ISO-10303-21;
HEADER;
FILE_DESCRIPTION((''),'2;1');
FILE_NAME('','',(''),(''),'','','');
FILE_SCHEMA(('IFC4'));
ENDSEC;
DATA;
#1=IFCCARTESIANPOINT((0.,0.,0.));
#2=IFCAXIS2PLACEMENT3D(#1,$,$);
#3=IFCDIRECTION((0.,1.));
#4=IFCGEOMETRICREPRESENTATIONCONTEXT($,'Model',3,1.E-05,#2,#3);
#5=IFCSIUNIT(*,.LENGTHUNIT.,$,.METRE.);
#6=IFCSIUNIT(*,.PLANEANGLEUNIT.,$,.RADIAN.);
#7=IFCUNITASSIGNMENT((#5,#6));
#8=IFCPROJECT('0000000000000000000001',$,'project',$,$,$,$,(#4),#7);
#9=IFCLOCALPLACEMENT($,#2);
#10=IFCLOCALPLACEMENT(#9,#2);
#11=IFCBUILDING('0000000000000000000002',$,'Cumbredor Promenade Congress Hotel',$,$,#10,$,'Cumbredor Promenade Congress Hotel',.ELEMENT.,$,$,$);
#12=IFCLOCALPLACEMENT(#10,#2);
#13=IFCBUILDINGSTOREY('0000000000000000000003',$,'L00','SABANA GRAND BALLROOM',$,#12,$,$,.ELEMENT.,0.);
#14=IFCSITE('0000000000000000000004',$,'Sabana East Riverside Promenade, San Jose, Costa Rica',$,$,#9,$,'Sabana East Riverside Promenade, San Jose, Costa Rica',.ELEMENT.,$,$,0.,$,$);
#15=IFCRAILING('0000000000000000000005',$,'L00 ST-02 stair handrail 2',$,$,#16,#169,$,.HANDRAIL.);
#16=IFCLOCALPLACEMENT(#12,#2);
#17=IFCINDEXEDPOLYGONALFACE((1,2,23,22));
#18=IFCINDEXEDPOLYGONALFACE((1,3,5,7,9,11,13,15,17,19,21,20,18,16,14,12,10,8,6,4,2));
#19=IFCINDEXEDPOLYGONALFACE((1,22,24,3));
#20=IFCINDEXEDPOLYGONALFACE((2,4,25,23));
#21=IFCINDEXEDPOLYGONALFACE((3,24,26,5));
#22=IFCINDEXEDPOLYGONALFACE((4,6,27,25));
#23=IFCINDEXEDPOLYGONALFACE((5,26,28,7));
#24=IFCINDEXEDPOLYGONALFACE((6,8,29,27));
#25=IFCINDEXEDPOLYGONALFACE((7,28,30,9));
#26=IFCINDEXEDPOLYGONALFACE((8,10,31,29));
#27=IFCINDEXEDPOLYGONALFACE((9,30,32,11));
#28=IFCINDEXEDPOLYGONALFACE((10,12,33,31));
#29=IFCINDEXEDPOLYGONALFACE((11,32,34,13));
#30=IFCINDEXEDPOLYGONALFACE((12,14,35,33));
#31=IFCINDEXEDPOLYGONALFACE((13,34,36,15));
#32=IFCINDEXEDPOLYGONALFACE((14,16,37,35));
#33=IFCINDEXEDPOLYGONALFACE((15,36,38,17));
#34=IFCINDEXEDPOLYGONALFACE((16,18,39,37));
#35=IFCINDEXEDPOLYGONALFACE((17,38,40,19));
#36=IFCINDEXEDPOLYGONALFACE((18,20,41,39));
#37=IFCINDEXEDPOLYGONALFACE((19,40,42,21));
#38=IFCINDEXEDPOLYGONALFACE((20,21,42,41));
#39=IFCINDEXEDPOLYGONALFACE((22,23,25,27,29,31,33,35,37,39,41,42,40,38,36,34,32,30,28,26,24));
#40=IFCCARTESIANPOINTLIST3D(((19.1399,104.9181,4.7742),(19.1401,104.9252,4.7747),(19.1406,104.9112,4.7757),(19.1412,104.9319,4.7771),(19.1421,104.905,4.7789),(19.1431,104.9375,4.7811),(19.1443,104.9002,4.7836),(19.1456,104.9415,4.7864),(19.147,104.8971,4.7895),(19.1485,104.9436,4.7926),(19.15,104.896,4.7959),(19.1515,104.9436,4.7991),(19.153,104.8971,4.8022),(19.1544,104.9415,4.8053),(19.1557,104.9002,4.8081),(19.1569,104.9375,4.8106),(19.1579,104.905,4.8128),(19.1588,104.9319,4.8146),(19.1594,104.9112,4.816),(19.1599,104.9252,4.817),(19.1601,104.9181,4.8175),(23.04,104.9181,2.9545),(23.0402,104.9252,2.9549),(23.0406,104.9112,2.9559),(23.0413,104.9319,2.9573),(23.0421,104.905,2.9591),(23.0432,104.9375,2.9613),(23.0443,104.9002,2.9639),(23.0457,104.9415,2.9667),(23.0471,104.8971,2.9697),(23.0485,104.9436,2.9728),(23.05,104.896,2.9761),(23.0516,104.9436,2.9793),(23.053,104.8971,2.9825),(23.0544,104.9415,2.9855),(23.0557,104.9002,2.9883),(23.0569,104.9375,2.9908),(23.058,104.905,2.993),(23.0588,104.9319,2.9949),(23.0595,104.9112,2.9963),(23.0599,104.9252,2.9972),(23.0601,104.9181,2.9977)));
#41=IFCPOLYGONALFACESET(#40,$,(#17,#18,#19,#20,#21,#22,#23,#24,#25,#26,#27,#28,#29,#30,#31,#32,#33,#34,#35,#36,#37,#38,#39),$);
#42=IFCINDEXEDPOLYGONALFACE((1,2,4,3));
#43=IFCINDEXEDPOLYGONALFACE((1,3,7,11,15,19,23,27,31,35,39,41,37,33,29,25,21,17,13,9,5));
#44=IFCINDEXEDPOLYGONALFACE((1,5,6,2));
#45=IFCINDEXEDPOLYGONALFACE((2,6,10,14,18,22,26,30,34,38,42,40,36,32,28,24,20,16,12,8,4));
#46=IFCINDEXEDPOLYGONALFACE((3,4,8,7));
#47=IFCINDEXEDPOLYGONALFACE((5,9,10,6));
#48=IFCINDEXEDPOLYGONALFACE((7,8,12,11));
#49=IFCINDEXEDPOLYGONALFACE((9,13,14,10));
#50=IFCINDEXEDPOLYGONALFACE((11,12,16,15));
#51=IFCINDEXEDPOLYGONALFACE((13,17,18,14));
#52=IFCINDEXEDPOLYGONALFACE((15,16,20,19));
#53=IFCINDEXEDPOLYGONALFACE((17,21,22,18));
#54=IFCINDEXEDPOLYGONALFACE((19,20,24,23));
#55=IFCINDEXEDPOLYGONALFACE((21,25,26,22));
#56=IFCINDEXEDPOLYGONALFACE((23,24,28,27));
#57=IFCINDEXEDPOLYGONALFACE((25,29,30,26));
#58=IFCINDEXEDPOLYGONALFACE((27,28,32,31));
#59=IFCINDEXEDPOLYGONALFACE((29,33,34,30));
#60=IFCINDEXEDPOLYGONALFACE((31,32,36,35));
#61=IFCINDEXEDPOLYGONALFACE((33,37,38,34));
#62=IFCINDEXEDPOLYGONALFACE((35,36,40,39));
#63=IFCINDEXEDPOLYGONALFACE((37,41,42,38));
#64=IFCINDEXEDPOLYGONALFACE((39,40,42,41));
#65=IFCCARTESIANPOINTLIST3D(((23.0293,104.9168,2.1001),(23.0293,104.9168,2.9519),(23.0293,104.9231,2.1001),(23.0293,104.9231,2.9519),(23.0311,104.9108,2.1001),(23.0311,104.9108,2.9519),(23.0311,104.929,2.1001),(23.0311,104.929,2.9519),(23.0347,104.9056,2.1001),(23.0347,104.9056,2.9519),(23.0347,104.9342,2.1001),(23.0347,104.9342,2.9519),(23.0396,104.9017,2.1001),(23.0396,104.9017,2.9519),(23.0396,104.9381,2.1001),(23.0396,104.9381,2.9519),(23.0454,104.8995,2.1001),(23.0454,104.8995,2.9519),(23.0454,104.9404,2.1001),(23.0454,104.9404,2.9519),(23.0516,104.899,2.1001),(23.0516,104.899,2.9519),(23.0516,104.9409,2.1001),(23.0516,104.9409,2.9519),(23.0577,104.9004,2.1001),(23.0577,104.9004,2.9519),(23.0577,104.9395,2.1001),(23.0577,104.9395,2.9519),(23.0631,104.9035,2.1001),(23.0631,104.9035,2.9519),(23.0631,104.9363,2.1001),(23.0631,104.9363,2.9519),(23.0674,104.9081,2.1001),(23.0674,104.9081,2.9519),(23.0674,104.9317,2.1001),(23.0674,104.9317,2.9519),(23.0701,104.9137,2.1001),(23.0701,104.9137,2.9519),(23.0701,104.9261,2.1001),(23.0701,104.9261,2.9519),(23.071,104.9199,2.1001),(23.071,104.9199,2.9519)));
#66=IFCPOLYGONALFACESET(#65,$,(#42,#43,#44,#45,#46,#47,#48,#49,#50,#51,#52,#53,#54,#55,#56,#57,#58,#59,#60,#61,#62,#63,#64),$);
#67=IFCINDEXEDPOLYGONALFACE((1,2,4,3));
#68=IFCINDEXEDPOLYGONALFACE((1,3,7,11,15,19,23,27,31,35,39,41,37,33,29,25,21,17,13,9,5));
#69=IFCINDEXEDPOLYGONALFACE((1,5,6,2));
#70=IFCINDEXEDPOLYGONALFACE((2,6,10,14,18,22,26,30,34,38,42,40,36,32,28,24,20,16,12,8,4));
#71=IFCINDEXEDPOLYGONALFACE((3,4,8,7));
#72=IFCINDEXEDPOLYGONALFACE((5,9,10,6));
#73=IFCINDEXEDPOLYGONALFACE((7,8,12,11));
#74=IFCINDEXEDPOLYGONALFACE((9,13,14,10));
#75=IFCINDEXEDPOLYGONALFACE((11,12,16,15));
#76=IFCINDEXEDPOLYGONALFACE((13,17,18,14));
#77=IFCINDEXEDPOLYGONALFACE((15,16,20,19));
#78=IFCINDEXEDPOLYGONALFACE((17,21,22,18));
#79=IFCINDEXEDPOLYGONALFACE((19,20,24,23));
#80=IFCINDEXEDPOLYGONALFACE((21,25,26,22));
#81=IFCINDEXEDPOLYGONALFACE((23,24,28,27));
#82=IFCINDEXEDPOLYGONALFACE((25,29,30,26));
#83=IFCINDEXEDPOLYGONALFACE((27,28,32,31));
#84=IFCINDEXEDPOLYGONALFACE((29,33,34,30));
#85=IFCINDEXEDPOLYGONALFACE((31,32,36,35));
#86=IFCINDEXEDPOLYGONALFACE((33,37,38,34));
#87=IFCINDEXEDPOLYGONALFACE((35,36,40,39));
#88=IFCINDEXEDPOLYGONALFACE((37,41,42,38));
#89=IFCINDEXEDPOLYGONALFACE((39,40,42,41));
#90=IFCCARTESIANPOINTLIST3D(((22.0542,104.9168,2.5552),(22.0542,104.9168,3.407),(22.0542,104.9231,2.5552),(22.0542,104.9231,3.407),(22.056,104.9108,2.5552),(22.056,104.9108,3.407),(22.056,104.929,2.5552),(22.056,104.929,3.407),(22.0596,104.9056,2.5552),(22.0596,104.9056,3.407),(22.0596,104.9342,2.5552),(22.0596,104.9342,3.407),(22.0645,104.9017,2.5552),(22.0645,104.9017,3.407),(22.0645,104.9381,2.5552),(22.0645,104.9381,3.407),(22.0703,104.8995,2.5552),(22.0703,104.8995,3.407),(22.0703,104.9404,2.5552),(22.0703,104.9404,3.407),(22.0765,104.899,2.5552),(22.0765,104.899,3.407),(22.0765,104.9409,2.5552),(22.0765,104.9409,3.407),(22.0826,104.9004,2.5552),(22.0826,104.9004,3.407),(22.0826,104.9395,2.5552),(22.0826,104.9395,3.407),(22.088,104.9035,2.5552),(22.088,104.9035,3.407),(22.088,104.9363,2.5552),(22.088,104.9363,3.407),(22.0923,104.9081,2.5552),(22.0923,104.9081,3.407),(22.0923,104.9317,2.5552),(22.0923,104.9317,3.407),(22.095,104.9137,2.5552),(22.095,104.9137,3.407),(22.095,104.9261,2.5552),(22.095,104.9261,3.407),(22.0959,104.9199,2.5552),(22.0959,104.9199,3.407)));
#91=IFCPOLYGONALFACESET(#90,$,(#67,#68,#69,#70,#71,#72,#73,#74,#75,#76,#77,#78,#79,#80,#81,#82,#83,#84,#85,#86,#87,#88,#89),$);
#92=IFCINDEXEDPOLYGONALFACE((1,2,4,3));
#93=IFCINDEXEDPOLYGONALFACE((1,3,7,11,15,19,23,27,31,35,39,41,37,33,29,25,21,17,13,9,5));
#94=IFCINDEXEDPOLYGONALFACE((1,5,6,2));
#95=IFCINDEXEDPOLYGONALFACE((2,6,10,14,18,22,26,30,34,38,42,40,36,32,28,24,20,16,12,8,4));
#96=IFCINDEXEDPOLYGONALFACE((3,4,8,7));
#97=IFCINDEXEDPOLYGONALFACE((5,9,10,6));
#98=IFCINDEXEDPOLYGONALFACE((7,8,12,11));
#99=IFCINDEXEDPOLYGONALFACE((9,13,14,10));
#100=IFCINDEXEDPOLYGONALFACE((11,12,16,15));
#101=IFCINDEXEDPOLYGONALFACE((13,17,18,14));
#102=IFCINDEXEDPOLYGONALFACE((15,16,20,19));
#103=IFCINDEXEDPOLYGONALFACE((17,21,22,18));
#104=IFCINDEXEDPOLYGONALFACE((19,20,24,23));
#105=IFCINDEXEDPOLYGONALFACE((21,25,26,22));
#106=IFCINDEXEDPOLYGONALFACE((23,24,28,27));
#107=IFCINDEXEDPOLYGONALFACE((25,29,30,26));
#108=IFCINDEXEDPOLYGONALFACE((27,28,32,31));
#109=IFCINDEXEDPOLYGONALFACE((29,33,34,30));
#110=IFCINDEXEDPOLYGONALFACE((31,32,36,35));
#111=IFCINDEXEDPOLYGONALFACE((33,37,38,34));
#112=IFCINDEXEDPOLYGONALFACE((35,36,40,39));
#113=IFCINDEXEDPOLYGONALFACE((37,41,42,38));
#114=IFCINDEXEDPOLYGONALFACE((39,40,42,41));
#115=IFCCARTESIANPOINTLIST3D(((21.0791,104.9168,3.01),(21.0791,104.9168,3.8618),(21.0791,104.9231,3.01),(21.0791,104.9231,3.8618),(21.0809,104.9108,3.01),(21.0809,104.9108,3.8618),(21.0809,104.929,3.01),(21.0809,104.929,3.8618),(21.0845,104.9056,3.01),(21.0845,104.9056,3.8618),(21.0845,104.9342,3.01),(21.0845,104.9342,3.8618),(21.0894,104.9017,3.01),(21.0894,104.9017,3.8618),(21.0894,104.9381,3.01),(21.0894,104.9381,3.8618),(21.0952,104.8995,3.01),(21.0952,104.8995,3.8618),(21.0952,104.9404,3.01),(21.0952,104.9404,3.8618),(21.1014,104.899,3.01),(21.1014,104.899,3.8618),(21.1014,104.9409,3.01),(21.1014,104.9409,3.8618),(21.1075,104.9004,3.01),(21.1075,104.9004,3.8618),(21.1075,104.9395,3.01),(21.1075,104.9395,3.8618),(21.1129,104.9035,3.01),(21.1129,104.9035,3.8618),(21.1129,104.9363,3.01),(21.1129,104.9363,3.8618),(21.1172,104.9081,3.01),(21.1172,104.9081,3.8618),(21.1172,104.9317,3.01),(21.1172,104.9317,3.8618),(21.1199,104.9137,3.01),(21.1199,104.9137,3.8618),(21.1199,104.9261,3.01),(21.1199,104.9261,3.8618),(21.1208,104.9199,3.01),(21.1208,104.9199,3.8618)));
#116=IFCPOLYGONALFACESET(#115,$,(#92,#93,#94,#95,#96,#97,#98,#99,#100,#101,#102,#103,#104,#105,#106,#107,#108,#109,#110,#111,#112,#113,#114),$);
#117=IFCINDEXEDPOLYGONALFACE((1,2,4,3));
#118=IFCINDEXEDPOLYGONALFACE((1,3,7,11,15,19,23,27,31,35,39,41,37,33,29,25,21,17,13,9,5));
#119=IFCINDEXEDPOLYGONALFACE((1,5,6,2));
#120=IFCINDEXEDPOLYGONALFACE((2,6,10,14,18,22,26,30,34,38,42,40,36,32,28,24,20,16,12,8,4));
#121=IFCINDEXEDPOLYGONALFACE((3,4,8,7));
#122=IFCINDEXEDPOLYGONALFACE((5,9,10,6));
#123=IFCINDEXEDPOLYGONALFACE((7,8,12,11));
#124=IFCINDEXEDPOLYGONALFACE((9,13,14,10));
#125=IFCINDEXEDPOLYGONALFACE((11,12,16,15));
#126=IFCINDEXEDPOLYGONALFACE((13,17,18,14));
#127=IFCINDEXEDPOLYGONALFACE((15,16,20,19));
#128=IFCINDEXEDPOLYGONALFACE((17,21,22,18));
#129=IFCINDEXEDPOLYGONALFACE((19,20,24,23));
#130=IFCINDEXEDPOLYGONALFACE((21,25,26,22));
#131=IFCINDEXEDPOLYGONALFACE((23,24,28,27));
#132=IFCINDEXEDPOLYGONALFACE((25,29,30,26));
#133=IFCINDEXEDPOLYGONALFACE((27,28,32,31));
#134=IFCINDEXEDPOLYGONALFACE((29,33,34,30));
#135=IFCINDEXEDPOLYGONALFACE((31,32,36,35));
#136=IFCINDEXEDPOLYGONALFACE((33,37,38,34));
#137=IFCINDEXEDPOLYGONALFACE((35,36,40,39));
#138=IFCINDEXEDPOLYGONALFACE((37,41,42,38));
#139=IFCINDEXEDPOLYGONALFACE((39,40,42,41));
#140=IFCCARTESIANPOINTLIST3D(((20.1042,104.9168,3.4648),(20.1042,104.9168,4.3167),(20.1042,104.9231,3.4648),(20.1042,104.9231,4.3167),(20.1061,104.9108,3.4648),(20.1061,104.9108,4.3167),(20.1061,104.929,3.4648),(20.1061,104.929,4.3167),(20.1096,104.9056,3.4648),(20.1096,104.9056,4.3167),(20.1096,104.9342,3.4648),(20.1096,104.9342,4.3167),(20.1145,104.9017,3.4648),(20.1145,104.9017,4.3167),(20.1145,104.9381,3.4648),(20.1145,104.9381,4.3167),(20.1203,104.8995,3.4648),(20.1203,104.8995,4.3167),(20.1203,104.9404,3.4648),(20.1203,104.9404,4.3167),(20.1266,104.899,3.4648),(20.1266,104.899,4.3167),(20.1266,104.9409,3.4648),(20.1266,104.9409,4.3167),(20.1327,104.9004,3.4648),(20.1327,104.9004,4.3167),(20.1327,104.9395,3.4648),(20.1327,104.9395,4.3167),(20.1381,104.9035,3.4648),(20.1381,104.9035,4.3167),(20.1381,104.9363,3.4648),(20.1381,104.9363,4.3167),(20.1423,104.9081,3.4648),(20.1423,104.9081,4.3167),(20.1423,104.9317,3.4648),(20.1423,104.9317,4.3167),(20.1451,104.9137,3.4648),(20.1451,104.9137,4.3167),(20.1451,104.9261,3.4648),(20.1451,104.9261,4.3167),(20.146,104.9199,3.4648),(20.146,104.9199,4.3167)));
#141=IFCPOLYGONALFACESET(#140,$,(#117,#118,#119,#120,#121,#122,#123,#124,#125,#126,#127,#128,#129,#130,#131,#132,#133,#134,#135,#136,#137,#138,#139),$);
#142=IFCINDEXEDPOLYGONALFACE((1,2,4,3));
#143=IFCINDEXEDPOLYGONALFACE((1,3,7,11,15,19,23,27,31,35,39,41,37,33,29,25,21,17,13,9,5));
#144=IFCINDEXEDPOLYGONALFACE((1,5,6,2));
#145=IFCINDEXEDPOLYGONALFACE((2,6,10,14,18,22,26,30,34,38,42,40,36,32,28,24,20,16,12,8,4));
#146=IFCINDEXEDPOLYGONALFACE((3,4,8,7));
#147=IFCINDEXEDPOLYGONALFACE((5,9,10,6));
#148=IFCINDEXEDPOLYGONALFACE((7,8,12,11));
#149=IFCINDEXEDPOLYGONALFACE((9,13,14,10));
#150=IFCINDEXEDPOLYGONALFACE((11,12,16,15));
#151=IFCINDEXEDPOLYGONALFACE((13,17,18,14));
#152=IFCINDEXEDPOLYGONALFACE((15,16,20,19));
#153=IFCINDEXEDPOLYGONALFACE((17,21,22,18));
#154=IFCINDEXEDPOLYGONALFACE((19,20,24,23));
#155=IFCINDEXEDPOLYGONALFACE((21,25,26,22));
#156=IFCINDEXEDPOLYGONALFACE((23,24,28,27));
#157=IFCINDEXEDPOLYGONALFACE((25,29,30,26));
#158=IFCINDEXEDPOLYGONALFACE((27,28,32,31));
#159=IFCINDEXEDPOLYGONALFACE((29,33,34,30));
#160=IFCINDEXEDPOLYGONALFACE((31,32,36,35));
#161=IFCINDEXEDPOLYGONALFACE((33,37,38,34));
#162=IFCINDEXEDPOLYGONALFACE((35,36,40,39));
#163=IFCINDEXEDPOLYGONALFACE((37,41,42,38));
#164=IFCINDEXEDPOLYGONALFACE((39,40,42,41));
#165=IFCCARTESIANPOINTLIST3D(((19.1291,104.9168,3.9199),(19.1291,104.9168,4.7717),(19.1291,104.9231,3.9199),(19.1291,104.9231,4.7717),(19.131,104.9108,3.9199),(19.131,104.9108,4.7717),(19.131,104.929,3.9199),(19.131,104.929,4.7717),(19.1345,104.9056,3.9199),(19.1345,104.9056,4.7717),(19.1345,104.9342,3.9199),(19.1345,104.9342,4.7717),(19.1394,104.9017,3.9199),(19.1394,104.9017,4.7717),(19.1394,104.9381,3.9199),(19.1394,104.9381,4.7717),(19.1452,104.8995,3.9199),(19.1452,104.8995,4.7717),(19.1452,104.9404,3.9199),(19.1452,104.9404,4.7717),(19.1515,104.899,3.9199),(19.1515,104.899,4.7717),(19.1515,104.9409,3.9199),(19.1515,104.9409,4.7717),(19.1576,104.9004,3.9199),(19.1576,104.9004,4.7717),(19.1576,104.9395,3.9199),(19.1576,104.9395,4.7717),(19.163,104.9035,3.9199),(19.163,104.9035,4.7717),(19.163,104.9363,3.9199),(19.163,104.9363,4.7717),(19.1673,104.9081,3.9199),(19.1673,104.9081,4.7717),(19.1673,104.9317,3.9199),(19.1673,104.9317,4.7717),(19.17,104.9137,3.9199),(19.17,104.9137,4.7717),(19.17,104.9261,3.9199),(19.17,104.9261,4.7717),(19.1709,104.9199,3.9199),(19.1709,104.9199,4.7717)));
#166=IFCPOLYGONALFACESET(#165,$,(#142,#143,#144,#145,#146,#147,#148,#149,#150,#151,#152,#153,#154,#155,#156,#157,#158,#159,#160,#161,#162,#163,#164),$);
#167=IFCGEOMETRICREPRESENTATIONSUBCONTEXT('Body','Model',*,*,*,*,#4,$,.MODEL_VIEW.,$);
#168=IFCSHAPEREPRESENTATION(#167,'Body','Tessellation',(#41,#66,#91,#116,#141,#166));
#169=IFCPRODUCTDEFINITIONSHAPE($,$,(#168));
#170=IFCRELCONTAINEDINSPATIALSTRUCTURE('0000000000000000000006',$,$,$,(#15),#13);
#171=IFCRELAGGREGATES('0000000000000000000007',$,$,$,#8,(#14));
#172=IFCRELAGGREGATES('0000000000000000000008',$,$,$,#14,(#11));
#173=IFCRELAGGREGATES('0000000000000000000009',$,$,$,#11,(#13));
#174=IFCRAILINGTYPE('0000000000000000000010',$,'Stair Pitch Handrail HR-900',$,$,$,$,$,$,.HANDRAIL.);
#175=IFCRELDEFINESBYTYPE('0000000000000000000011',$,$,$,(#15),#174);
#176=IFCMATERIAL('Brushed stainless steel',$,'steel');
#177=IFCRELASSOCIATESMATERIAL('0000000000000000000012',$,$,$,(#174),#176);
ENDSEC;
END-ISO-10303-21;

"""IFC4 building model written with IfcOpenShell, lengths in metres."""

from ifc_helpers import new_model, si_unit, direction, frame, origin, origin_2d, place, context, subcontext, project, spatial, circle, extrude, material, type_object, element, save


model = new_model("IFC4")

# Units and contexts
model_context = context("Model", 3, precision=1e-05, world=origin(), true_north=direction((0.0, 1.0)))
body_context = subcontext(model_context, "Body", "Model", "MODEL_VIEW")
ifc_project = project(units=[si_unit("LENGTHUNIT", "METRE"), si_unit("PLANEANGLEUNIT", "RADIAN")], contexts=[model_context])

# Site, building, storey
site_placement = place(None, origin())
site = spatial("IfcSite", under=ifc_project, at=site_placement, Name="Sabana East Riverside Promenade, San Jose, Costa Rica", LongName="Sabana East Riverside Promenade, San Jose, Costa Rica", CompositionType="ELEMENT", RefElevation=0.0)
building_placement = place(site_placement, origin())
building = spatial("IfcBuilding", under=site, at=building_placement, Name="Cumbredor Promenade Congress Hotel", LongName="Cumbredor Promenade Congress Hotel", CompositionType="ELEMENT")
storey_placement = place(building_placement, origin())
storey = spatial("IfcBuildingStorey", under=building, at=storey_placement, Name="L00", Description="SABANA GRAND BALLROOM", CompositionType="ELEMENT", Elevation=0.0)

# Railing
ifc_material_1 = material(Name="Brushed stainless steel", Category="steel")
railing_type = type_object("IfcRailingType", Name="Stair Pitch Handrail HR-900", PredefinedType="HANDRAIL", material=ifc_material_1)
railing_placement = place(storey_placement, frame((23.05, 104.9199, 2.1001)))
element("IfcRailing", 1, at=railing_placement, inside=storey, type_object=railing_type, Name="L00 ST-02 stair handrail 2", PredefinedType="HANDRAIL", context=body_context, shape_type="SweptSolid", body=[
    extrude(circle(Radius=0.0239, at=origin_2d()), frame((0.0, 0.0, 0.876), z_axis=(-0.906205, 0.0, 0.422839), x_axis=(0.0, -1.0, 0.0)), (0.0, 0.0, 1.0), 4.3037),
    extrude(circle(Radius=0.021, at=origin_2d()), origin(), (0.0, 0.0, 1.0), 0.8518),
    extrude(circle(Radius=0.021, at=origin_2d()), frame((-0.9751, 0.0, 0.4551)), (0.0, 0.0, 1.0), 0.8518),
    extrude(circle(Radius=0.021, at=origin_2d()), frame((-1.9502, 0.0, 0.9099)), (0.0, 0.0, 1.0), 0.8518),
    extrude(circle(Radius=0.021, at=origin_2d()), frame((-2.925, 0.0, 1.3647)), (0.0, 0.0, 1.0), 0.8518),
    extrude(circle(Radius=0.021, at=origin_2d()), frame((-3.9001, 0.0, 1.8198)), (0.0, 0.0, 1.0), 0.8518),
])

save(model, "model.ifc")
